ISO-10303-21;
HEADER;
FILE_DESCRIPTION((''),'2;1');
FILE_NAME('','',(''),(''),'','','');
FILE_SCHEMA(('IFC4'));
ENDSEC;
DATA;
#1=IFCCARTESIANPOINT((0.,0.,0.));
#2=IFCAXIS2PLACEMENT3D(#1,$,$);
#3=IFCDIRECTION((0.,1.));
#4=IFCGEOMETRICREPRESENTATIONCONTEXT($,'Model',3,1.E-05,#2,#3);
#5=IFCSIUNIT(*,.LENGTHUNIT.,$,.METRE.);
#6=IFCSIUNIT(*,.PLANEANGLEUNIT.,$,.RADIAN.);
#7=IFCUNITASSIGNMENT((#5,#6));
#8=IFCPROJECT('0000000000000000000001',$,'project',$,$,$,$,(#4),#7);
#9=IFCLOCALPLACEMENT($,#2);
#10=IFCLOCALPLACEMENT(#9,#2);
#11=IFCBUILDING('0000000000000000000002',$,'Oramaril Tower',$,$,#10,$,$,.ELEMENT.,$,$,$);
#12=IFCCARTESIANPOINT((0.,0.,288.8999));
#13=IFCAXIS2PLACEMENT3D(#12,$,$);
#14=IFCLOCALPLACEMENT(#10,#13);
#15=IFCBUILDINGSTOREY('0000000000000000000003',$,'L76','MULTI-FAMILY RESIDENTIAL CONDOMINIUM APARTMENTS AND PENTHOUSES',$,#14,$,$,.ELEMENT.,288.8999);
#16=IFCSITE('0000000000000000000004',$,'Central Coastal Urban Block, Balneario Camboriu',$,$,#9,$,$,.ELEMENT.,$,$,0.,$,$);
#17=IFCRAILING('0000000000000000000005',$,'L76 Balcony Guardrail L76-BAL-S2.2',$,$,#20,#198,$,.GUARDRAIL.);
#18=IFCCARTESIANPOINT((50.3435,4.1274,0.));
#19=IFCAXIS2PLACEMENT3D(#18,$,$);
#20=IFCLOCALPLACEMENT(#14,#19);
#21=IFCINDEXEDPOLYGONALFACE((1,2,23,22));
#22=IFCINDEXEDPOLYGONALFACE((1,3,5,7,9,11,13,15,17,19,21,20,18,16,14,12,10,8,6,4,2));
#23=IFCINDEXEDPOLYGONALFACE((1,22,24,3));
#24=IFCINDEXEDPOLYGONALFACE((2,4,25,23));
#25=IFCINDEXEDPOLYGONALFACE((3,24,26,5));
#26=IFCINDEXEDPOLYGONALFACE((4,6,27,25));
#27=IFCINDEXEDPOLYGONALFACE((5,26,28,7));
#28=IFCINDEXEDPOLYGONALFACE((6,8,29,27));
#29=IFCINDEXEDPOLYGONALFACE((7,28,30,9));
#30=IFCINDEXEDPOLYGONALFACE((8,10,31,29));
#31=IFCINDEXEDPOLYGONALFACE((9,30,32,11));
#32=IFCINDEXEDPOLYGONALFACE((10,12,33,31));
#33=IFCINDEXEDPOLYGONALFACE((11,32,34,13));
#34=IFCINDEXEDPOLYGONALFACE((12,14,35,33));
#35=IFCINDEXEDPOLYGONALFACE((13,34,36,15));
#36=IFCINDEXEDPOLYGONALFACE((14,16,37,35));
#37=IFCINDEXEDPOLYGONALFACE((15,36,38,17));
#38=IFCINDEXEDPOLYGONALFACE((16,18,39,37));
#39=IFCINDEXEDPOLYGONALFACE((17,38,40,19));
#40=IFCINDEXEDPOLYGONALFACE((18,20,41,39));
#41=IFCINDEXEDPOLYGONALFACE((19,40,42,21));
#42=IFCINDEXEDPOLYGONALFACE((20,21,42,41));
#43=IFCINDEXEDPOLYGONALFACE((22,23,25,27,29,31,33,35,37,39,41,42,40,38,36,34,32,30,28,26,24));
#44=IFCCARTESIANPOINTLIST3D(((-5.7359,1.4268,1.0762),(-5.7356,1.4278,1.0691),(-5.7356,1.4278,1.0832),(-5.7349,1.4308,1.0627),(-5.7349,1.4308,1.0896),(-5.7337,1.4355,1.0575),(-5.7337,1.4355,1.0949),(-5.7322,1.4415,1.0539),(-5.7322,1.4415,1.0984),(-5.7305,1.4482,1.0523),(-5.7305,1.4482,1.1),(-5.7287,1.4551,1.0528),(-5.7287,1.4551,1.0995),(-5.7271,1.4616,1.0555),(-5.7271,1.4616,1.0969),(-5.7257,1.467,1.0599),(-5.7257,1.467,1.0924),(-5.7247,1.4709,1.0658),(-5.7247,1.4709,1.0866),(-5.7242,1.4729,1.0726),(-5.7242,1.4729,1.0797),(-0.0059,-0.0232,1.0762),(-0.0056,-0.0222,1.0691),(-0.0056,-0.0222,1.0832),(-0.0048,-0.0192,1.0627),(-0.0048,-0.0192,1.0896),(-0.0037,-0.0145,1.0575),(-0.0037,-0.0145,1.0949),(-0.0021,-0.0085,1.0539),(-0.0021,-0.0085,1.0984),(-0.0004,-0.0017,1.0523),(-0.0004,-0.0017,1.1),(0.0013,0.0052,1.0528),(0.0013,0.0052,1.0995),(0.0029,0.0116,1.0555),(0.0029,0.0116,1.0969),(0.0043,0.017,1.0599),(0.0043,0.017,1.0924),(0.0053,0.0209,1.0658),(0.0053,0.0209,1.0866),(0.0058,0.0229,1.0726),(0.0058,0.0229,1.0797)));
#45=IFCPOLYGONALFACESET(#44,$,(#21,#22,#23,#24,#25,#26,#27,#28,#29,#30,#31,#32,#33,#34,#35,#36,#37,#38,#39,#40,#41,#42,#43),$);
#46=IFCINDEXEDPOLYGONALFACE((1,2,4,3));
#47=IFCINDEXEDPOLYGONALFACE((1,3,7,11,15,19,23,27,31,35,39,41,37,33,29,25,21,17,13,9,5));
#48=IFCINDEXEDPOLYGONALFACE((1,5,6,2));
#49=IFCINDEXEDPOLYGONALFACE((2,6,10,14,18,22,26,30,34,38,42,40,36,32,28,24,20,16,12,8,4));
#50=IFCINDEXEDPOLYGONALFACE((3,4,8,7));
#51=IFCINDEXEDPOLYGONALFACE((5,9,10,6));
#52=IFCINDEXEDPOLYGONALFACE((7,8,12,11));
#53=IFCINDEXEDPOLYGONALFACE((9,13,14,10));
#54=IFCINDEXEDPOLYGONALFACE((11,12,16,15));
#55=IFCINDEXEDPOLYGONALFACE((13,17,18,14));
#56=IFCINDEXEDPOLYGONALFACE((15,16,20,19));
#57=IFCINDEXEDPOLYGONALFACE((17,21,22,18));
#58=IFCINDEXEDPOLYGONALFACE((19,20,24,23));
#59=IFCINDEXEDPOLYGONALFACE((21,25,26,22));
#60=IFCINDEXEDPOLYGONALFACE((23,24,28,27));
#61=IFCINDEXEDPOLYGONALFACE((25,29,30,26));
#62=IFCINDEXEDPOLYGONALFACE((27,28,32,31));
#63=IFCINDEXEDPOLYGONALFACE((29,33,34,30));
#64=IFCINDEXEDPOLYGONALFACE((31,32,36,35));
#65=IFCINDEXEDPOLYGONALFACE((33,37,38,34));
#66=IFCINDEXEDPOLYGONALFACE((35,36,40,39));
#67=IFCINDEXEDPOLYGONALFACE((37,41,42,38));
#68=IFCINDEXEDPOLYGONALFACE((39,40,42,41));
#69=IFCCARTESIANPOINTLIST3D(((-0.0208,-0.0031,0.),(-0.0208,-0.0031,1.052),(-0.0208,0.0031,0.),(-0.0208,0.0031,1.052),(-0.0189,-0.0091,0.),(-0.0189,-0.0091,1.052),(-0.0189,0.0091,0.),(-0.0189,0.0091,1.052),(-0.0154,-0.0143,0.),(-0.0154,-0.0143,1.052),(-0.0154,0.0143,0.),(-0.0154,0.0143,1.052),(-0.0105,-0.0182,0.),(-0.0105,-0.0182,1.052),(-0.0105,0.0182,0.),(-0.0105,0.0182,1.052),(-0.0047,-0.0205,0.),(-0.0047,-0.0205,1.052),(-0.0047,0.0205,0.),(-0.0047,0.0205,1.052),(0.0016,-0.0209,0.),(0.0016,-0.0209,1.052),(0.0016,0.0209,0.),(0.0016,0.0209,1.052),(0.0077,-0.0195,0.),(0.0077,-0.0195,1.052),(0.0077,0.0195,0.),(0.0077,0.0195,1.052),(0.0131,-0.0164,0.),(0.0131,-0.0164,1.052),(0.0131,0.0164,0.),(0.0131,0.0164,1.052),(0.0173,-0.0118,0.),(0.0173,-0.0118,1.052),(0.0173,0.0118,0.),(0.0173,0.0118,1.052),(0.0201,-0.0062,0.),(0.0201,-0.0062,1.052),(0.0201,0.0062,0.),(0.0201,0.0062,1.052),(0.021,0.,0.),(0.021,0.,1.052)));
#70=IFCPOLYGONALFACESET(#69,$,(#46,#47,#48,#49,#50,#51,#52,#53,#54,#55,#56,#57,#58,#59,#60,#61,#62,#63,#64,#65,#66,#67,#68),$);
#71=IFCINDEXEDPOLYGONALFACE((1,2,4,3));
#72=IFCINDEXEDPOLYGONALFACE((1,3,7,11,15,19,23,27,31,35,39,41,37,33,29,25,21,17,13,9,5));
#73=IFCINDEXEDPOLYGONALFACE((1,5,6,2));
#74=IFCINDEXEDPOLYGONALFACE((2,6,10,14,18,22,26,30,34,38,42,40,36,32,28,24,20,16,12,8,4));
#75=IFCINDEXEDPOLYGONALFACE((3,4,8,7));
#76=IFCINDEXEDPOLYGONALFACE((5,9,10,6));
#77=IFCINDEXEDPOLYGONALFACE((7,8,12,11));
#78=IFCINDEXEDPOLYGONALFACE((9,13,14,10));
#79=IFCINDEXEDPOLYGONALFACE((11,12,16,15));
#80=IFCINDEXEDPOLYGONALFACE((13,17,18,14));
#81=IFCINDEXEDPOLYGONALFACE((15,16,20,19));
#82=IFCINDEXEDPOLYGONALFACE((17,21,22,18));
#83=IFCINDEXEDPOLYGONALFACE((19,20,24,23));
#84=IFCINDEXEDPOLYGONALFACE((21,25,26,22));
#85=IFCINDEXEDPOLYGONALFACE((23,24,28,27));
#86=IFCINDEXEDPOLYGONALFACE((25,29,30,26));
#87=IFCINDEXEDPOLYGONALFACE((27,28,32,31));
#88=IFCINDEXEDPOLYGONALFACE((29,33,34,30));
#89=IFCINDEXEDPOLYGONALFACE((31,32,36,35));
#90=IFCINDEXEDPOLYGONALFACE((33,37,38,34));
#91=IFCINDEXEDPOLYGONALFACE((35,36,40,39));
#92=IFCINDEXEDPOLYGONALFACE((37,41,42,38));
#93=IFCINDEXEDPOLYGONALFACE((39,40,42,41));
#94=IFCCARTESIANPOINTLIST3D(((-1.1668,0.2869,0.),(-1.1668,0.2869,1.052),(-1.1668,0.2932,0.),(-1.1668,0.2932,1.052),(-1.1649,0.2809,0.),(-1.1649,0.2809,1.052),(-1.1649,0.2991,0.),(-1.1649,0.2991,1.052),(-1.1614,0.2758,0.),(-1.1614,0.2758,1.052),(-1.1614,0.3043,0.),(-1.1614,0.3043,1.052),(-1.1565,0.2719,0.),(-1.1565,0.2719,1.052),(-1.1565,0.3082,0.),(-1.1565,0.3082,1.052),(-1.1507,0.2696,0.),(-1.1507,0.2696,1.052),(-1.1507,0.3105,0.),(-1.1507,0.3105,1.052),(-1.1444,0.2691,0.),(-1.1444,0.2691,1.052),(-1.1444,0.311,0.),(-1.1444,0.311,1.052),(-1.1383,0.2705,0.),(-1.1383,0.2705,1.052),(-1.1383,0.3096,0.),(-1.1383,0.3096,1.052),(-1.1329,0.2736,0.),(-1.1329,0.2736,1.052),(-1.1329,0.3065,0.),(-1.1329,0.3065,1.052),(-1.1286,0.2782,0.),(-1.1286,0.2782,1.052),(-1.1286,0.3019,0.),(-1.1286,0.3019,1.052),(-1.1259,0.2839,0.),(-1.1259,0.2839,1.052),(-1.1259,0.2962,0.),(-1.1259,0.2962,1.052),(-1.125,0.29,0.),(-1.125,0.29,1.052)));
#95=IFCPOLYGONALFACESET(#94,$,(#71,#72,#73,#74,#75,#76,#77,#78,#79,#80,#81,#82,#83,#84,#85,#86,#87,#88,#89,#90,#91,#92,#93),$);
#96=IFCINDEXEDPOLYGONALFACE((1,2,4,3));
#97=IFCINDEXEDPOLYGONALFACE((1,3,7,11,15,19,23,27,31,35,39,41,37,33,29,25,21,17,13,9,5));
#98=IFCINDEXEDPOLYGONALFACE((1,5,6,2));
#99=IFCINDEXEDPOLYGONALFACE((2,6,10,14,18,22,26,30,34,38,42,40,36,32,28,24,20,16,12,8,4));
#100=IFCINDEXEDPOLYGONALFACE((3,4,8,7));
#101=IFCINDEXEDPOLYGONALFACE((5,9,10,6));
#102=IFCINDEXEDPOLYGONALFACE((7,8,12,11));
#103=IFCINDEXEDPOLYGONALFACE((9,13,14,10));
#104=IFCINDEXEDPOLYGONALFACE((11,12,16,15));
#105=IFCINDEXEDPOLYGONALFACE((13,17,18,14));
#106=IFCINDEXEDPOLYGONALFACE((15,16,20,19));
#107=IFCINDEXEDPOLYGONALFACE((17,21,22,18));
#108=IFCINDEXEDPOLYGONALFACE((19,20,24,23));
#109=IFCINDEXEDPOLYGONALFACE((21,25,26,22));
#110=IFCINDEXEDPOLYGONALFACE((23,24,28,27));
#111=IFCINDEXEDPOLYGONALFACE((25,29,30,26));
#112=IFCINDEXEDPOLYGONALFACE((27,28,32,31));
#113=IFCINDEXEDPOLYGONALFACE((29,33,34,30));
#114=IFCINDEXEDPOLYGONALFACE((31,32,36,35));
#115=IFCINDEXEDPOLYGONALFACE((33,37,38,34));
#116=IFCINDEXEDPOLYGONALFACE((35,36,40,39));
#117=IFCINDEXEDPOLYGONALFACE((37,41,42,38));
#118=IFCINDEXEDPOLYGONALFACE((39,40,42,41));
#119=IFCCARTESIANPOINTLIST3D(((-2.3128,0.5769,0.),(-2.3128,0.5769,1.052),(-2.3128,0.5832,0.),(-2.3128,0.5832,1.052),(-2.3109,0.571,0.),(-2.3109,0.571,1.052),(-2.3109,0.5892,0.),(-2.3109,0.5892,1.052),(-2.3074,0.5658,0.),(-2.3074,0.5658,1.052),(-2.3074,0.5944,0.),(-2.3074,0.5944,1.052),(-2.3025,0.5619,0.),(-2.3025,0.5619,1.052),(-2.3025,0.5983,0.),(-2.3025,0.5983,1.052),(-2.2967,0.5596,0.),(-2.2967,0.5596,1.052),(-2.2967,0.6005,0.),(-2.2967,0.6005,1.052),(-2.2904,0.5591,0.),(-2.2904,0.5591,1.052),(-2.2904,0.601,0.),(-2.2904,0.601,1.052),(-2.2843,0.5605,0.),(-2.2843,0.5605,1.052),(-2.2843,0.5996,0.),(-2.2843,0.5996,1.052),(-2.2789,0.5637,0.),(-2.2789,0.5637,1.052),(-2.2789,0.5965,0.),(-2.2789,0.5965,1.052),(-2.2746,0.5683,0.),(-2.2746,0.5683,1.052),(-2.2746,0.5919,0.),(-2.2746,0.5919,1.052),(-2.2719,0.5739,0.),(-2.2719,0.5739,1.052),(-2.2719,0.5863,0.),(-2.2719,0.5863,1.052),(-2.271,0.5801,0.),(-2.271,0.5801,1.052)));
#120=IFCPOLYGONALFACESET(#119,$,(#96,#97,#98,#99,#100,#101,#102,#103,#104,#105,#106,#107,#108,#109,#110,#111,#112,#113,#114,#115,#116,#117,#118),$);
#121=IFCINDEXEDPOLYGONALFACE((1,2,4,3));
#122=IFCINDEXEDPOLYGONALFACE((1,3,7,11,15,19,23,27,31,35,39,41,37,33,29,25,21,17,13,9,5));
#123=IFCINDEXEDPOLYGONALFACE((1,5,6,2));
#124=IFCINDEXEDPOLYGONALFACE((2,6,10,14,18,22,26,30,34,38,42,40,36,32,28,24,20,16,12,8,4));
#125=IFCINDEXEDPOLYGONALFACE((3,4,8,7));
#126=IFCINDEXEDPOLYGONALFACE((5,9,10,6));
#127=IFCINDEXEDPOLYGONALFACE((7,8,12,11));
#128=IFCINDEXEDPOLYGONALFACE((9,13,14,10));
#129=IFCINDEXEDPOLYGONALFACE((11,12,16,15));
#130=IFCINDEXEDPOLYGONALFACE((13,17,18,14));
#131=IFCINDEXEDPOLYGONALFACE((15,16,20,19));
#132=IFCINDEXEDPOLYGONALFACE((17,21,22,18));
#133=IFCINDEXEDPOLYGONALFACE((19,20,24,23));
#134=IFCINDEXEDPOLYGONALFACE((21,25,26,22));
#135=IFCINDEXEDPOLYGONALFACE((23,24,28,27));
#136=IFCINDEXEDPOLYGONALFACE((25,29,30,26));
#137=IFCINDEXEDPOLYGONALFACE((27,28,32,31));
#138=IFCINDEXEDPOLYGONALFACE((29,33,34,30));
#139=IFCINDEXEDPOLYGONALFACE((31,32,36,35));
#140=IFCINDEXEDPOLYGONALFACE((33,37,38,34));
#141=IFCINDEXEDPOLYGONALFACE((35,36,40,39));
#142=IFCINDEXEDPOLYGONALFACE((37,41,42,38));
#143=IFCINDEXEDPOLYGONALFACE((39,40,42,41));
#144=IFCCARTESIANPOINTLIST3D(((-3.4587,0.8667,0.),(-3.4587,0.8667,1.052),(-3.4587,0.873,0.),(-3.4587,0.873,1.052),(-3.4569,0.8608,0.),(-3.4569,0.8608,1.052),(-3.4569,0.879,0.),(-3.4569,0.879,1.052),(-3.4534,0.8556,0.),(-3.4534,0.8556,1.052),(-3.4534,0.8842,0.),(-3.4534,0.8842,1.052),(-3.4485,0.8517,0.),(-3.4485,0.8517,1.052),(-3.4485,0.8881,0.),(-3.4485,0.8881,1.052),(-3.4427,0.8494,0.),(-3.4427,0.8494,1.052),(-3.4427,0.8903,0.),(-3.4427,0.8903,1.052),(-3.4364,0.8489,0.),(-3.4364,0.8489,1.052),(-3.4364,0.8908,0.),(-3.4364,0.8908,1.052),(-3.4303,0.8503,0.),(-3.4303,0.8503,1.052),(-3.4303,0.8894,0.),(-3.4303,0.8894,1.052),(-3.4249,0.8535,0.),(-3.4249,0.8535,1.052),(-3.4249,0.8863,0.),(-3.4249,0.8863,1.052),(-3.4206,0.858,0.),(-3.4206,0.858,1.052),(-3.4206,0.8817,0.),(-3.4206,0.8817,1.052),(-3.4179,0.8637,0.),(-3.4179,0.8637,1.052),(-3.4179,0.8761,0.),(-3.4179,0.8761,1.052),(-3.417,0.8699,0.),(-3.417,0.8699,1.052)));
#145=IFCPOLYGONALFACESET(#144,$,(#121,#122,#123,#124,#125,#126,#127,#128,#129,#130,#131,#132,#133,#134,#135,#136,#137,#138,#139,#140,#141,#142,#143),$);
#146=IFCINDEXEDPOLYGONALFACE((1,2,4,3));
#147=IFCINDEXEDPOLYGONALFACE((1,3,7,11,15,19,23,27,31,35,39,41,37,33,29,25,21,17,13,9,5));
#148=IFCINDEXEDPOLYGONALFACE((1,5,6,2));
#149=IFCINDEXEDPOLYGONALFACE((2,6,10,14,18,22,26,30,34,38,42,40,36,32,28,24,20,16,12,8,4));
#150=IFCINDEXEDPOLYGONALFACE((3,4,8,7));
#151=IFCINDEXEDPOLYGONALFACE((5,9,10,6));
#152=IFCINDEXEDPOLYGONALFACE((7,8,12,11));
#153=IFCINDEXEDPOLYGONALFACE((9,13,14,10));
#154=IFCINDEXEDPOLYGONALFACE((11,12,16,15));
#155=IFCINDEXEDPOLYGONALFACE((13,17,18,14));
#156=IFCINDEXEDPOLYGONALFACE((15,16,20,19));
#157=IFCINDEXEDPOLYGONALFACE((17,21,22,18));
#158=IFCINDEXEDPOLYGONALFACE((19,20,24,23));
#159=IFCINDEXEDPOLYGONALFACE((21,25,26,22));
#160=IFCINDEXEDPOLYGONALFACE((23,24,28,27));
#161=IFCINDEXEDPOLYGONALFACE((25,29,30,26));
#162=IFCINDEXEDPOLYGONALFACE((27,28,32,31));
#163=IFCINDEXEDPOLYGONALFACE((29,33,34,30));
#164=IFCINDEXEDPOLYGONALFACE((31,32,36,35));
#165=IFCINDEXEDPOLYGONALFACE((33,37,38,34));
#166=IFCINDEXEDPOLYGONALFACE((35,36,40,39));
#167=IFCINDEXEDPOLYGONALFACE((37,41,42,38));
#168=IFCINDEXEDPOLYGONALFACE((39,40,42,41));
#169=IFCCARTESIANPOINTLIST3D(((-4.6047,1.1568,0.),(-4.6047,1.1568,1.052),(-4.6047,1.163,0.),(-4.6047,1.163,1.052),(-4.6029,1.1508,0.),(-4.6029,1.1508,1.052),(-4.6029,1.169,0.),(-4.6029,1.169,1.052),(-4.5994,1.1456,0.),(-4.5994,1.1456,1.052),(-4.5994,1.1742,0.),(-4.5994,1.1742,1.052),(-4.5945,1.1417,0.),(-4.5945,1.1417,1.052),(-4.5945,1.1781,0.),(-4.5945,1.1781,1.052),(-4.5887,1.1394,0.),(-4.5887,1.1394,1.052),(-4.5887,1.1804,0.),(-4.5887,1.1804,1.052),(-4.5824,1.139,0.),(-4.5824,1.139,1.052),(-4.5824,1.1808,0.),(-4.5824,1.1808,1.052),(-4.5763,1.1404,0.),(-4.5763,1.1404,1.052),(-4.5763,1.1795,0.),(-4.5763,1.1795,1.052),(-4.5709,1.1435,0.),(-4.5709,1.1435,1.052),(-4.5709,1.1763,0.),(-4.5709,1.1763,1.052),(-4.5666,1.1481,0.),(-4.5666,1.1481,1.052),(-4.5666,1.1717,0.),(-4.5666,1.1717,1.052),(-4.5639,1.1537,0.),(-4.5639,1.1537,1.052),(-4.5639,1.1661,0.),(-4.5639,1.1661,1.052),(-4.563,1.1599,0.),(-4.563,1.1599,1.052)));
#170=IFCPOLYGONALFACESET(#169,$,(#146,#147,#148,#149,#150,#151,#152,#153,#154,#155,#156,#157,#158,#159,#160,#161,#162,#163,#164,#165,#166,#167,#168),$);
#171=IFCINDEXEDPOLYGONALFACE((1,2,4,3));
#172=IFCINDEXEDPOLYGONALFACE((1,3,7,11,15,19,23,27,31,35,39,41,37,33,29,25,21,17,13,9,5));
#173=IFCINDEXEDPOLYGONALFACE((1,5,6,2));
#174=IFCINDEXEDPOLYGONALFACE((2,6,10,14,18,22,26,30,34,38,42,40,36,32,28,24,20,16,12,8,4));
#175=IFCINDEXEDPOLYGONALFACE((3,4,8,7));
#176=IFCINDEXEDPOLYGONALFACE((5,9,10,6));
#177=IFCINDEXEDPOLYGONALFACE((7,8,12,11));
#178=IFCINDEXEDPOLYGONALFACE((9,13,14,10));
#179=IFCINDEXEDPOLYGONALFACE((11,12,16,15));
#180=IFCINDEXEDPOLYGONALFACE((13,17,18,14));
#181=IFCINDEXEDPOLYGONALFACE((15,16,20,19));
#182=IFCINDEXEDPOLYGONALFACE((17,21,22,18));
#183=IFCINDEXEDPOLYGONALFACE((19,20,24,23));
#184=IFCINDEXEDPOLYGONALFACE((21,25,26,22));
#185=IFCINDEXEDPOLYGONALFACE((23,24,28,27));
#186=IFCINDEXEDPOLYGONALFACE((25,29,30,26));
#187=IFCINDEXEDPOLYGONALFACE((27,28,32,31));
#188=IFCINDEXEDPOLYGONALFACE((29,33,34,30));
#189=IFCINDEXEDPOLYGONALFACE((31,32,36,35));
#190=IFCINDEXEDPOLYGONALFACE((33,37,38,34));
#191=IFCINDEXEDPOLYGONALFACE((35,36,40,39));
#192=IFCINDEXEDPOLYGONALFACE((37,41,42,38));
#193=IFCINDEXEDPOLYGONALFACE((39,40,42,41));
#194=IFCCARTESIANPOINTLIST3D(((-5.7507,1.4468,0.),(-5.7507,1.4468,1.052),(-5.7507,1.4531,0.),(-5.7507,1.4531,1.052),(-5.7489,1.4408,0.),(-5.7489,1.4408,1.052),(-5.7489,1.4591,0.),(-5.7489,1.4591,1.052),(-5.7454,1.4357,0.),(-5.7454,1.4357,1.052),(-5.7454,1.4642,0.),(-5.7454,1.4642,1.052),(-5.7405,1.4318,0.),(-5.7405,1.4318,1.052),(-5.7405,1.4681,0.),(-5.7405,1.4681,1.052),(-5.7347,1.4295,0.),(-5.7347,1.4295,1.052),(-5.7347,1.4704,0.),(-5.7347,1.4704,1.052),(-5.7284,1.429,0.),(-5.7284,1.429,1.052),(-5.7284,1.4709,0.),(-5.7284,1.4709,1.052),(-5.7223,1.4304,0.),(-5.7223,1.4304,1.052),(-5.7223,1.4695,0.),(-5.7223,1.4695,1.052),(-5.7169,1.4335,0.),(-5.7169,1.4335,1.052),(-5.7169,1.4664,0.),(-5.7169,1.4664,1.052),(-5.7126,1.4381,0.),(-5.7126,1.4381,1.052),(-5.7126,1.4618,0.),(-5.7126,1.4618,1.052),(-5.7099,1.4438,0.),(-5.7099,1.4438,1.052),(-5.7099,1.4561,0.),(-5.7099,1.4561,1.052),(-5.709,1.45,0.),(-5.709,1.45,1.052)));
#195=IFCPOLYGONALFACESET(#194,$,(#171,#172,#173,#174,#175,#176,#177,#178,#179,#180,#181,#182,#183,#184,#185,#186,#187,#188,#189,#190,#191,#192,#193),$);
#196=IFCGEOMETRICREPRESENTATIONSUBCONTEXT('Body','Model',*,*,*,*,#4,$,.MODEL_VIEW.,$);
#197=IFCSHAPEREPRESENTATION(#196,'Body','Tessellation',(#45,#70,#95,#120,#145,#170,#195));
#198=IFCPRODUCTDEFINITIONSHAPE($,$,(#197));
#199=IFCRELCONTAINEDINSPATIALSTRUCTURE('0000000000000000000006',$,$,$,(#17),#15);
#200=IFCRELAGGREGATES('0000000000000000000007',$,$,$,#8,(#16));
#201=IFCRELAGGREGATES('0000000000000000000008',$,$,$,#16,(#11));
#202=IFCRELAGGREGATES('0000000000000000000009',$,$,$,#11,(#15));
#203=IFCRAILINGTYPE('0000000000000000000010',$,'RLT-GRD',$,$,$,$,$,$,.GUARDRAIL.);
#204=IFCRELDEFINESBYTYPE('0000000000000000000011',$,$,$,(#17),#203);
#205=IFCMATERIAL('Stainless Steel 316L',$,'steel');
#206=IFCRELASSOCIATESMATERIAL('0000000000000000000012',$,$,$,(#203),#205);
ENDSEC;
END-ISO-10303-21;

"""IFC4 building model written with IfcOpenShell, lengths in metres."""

from ifc_helpers import new_model, si_unit, direction, frame, origin, origin_2d, place, context, subcontext, project, spatial, circle, extrude, material, type_object, element, save


model = new_model("IFC4")

# Units and contexts
model_context = context("Model", 3, precision=1e-05, world=origin(), true_north=direction((0.0, 1.0)))
body_context = subcontext(model_context, "Body", "Model", "MODEL_VIEW")
ifc_project = project(units=[si_unit("LENGTHUNIT", "METRE"), si_unit("PLANEANGLEUNIT", "RADIAN")], contexts=[model_context])

# Site, building, storey
site_placement = place(None, origin())
site = spatial("IfcSite", under=ifc_project, at=site_placement, Name="Central Coastal Urban Block, Balneario Camboriu", CompositionType="ELEMENT", RefElevation=0.0)
building_placement = place(site_placement, origin())
building = spatial("IfcBuilding", under=site, at=building_placement, Name="Oramaril Tower", CompositionType="ELEMENT")
storey_placement = place(building_placement, frame((0.0, 0.0, 288.8999)))
storey = spatial("IfcBuildingStorey", under=building, at=storey_placement, Name="L76", Description="MULTI-FAMILY RESIDENTIAL CONDOMINIUM APARTMENTS AND PENTHOUSES", CompositionType="ELEMENT", Elevation=288.8999)

# Railing
ifc_material_1 = material(Name="Stainless Steel 316L", Category="steel")
railing_type = type_object("IfcRailingType", Name="RLT-GRD", PredefinedType="GUARDRAIL", material=ifc_material_1)
railing_1_placement = place(storey_placement, frame((50.3435, 4.1274, 0.0)))
element("IfcRailing", 1, at=railing_1_placement, inside=storey, type_object=railing_type, Name="L76 Balcony Guardrail L76-BAL-S2.2", PredefinedType="GUARDRAIL", context=body_context, shape_type="SweptSolid", body=[
    extrude(circle(Radius=0.0239, at=origin_2d()), frame((0.0, 0.0, 1.0762), z_axis=(-0.969444, 0.245314, 0.0), x_axis=(-0.245314, -0.969444, 0.0)), (0.0, 0.0, 1.0), 5.9106),
    extrude(circle(Radius=0.021, at=origin_2d()), origin(), (0.0, 0.0, 1.0), 1.052),
    extrude(circle(Radius=0.021, at=origin_2d()), frame((-1.146, 0.29, 0.0)), (0.0, 0.0, 1.0), 1.052),
    extrude(circle(Radius=0.021, at=origin_2d()), frame((-2.292, 0.5801, 0.0)), (0.0, 0.0, 1.0), 1.052),
    extrude(circle(Radius=0.021, at=origin_2d()), frame((-3.438, 0.8699, 0.0)), (0.0, 0.0, 1.0), 1.052),
    extrude(circle(Radius=0.021, at=origin_2d()), frame((-4.584, 1.1599, 0.0)), (0.0, 0.0, 1.0), 1.052),
    extrude(circle(Radius=0.021, at=origin_2d()), frame((-5.73, 1.45, 0.0)), (0.0, 0.0, 1.0), 1.052),
])

save(model, "model.ifc")
